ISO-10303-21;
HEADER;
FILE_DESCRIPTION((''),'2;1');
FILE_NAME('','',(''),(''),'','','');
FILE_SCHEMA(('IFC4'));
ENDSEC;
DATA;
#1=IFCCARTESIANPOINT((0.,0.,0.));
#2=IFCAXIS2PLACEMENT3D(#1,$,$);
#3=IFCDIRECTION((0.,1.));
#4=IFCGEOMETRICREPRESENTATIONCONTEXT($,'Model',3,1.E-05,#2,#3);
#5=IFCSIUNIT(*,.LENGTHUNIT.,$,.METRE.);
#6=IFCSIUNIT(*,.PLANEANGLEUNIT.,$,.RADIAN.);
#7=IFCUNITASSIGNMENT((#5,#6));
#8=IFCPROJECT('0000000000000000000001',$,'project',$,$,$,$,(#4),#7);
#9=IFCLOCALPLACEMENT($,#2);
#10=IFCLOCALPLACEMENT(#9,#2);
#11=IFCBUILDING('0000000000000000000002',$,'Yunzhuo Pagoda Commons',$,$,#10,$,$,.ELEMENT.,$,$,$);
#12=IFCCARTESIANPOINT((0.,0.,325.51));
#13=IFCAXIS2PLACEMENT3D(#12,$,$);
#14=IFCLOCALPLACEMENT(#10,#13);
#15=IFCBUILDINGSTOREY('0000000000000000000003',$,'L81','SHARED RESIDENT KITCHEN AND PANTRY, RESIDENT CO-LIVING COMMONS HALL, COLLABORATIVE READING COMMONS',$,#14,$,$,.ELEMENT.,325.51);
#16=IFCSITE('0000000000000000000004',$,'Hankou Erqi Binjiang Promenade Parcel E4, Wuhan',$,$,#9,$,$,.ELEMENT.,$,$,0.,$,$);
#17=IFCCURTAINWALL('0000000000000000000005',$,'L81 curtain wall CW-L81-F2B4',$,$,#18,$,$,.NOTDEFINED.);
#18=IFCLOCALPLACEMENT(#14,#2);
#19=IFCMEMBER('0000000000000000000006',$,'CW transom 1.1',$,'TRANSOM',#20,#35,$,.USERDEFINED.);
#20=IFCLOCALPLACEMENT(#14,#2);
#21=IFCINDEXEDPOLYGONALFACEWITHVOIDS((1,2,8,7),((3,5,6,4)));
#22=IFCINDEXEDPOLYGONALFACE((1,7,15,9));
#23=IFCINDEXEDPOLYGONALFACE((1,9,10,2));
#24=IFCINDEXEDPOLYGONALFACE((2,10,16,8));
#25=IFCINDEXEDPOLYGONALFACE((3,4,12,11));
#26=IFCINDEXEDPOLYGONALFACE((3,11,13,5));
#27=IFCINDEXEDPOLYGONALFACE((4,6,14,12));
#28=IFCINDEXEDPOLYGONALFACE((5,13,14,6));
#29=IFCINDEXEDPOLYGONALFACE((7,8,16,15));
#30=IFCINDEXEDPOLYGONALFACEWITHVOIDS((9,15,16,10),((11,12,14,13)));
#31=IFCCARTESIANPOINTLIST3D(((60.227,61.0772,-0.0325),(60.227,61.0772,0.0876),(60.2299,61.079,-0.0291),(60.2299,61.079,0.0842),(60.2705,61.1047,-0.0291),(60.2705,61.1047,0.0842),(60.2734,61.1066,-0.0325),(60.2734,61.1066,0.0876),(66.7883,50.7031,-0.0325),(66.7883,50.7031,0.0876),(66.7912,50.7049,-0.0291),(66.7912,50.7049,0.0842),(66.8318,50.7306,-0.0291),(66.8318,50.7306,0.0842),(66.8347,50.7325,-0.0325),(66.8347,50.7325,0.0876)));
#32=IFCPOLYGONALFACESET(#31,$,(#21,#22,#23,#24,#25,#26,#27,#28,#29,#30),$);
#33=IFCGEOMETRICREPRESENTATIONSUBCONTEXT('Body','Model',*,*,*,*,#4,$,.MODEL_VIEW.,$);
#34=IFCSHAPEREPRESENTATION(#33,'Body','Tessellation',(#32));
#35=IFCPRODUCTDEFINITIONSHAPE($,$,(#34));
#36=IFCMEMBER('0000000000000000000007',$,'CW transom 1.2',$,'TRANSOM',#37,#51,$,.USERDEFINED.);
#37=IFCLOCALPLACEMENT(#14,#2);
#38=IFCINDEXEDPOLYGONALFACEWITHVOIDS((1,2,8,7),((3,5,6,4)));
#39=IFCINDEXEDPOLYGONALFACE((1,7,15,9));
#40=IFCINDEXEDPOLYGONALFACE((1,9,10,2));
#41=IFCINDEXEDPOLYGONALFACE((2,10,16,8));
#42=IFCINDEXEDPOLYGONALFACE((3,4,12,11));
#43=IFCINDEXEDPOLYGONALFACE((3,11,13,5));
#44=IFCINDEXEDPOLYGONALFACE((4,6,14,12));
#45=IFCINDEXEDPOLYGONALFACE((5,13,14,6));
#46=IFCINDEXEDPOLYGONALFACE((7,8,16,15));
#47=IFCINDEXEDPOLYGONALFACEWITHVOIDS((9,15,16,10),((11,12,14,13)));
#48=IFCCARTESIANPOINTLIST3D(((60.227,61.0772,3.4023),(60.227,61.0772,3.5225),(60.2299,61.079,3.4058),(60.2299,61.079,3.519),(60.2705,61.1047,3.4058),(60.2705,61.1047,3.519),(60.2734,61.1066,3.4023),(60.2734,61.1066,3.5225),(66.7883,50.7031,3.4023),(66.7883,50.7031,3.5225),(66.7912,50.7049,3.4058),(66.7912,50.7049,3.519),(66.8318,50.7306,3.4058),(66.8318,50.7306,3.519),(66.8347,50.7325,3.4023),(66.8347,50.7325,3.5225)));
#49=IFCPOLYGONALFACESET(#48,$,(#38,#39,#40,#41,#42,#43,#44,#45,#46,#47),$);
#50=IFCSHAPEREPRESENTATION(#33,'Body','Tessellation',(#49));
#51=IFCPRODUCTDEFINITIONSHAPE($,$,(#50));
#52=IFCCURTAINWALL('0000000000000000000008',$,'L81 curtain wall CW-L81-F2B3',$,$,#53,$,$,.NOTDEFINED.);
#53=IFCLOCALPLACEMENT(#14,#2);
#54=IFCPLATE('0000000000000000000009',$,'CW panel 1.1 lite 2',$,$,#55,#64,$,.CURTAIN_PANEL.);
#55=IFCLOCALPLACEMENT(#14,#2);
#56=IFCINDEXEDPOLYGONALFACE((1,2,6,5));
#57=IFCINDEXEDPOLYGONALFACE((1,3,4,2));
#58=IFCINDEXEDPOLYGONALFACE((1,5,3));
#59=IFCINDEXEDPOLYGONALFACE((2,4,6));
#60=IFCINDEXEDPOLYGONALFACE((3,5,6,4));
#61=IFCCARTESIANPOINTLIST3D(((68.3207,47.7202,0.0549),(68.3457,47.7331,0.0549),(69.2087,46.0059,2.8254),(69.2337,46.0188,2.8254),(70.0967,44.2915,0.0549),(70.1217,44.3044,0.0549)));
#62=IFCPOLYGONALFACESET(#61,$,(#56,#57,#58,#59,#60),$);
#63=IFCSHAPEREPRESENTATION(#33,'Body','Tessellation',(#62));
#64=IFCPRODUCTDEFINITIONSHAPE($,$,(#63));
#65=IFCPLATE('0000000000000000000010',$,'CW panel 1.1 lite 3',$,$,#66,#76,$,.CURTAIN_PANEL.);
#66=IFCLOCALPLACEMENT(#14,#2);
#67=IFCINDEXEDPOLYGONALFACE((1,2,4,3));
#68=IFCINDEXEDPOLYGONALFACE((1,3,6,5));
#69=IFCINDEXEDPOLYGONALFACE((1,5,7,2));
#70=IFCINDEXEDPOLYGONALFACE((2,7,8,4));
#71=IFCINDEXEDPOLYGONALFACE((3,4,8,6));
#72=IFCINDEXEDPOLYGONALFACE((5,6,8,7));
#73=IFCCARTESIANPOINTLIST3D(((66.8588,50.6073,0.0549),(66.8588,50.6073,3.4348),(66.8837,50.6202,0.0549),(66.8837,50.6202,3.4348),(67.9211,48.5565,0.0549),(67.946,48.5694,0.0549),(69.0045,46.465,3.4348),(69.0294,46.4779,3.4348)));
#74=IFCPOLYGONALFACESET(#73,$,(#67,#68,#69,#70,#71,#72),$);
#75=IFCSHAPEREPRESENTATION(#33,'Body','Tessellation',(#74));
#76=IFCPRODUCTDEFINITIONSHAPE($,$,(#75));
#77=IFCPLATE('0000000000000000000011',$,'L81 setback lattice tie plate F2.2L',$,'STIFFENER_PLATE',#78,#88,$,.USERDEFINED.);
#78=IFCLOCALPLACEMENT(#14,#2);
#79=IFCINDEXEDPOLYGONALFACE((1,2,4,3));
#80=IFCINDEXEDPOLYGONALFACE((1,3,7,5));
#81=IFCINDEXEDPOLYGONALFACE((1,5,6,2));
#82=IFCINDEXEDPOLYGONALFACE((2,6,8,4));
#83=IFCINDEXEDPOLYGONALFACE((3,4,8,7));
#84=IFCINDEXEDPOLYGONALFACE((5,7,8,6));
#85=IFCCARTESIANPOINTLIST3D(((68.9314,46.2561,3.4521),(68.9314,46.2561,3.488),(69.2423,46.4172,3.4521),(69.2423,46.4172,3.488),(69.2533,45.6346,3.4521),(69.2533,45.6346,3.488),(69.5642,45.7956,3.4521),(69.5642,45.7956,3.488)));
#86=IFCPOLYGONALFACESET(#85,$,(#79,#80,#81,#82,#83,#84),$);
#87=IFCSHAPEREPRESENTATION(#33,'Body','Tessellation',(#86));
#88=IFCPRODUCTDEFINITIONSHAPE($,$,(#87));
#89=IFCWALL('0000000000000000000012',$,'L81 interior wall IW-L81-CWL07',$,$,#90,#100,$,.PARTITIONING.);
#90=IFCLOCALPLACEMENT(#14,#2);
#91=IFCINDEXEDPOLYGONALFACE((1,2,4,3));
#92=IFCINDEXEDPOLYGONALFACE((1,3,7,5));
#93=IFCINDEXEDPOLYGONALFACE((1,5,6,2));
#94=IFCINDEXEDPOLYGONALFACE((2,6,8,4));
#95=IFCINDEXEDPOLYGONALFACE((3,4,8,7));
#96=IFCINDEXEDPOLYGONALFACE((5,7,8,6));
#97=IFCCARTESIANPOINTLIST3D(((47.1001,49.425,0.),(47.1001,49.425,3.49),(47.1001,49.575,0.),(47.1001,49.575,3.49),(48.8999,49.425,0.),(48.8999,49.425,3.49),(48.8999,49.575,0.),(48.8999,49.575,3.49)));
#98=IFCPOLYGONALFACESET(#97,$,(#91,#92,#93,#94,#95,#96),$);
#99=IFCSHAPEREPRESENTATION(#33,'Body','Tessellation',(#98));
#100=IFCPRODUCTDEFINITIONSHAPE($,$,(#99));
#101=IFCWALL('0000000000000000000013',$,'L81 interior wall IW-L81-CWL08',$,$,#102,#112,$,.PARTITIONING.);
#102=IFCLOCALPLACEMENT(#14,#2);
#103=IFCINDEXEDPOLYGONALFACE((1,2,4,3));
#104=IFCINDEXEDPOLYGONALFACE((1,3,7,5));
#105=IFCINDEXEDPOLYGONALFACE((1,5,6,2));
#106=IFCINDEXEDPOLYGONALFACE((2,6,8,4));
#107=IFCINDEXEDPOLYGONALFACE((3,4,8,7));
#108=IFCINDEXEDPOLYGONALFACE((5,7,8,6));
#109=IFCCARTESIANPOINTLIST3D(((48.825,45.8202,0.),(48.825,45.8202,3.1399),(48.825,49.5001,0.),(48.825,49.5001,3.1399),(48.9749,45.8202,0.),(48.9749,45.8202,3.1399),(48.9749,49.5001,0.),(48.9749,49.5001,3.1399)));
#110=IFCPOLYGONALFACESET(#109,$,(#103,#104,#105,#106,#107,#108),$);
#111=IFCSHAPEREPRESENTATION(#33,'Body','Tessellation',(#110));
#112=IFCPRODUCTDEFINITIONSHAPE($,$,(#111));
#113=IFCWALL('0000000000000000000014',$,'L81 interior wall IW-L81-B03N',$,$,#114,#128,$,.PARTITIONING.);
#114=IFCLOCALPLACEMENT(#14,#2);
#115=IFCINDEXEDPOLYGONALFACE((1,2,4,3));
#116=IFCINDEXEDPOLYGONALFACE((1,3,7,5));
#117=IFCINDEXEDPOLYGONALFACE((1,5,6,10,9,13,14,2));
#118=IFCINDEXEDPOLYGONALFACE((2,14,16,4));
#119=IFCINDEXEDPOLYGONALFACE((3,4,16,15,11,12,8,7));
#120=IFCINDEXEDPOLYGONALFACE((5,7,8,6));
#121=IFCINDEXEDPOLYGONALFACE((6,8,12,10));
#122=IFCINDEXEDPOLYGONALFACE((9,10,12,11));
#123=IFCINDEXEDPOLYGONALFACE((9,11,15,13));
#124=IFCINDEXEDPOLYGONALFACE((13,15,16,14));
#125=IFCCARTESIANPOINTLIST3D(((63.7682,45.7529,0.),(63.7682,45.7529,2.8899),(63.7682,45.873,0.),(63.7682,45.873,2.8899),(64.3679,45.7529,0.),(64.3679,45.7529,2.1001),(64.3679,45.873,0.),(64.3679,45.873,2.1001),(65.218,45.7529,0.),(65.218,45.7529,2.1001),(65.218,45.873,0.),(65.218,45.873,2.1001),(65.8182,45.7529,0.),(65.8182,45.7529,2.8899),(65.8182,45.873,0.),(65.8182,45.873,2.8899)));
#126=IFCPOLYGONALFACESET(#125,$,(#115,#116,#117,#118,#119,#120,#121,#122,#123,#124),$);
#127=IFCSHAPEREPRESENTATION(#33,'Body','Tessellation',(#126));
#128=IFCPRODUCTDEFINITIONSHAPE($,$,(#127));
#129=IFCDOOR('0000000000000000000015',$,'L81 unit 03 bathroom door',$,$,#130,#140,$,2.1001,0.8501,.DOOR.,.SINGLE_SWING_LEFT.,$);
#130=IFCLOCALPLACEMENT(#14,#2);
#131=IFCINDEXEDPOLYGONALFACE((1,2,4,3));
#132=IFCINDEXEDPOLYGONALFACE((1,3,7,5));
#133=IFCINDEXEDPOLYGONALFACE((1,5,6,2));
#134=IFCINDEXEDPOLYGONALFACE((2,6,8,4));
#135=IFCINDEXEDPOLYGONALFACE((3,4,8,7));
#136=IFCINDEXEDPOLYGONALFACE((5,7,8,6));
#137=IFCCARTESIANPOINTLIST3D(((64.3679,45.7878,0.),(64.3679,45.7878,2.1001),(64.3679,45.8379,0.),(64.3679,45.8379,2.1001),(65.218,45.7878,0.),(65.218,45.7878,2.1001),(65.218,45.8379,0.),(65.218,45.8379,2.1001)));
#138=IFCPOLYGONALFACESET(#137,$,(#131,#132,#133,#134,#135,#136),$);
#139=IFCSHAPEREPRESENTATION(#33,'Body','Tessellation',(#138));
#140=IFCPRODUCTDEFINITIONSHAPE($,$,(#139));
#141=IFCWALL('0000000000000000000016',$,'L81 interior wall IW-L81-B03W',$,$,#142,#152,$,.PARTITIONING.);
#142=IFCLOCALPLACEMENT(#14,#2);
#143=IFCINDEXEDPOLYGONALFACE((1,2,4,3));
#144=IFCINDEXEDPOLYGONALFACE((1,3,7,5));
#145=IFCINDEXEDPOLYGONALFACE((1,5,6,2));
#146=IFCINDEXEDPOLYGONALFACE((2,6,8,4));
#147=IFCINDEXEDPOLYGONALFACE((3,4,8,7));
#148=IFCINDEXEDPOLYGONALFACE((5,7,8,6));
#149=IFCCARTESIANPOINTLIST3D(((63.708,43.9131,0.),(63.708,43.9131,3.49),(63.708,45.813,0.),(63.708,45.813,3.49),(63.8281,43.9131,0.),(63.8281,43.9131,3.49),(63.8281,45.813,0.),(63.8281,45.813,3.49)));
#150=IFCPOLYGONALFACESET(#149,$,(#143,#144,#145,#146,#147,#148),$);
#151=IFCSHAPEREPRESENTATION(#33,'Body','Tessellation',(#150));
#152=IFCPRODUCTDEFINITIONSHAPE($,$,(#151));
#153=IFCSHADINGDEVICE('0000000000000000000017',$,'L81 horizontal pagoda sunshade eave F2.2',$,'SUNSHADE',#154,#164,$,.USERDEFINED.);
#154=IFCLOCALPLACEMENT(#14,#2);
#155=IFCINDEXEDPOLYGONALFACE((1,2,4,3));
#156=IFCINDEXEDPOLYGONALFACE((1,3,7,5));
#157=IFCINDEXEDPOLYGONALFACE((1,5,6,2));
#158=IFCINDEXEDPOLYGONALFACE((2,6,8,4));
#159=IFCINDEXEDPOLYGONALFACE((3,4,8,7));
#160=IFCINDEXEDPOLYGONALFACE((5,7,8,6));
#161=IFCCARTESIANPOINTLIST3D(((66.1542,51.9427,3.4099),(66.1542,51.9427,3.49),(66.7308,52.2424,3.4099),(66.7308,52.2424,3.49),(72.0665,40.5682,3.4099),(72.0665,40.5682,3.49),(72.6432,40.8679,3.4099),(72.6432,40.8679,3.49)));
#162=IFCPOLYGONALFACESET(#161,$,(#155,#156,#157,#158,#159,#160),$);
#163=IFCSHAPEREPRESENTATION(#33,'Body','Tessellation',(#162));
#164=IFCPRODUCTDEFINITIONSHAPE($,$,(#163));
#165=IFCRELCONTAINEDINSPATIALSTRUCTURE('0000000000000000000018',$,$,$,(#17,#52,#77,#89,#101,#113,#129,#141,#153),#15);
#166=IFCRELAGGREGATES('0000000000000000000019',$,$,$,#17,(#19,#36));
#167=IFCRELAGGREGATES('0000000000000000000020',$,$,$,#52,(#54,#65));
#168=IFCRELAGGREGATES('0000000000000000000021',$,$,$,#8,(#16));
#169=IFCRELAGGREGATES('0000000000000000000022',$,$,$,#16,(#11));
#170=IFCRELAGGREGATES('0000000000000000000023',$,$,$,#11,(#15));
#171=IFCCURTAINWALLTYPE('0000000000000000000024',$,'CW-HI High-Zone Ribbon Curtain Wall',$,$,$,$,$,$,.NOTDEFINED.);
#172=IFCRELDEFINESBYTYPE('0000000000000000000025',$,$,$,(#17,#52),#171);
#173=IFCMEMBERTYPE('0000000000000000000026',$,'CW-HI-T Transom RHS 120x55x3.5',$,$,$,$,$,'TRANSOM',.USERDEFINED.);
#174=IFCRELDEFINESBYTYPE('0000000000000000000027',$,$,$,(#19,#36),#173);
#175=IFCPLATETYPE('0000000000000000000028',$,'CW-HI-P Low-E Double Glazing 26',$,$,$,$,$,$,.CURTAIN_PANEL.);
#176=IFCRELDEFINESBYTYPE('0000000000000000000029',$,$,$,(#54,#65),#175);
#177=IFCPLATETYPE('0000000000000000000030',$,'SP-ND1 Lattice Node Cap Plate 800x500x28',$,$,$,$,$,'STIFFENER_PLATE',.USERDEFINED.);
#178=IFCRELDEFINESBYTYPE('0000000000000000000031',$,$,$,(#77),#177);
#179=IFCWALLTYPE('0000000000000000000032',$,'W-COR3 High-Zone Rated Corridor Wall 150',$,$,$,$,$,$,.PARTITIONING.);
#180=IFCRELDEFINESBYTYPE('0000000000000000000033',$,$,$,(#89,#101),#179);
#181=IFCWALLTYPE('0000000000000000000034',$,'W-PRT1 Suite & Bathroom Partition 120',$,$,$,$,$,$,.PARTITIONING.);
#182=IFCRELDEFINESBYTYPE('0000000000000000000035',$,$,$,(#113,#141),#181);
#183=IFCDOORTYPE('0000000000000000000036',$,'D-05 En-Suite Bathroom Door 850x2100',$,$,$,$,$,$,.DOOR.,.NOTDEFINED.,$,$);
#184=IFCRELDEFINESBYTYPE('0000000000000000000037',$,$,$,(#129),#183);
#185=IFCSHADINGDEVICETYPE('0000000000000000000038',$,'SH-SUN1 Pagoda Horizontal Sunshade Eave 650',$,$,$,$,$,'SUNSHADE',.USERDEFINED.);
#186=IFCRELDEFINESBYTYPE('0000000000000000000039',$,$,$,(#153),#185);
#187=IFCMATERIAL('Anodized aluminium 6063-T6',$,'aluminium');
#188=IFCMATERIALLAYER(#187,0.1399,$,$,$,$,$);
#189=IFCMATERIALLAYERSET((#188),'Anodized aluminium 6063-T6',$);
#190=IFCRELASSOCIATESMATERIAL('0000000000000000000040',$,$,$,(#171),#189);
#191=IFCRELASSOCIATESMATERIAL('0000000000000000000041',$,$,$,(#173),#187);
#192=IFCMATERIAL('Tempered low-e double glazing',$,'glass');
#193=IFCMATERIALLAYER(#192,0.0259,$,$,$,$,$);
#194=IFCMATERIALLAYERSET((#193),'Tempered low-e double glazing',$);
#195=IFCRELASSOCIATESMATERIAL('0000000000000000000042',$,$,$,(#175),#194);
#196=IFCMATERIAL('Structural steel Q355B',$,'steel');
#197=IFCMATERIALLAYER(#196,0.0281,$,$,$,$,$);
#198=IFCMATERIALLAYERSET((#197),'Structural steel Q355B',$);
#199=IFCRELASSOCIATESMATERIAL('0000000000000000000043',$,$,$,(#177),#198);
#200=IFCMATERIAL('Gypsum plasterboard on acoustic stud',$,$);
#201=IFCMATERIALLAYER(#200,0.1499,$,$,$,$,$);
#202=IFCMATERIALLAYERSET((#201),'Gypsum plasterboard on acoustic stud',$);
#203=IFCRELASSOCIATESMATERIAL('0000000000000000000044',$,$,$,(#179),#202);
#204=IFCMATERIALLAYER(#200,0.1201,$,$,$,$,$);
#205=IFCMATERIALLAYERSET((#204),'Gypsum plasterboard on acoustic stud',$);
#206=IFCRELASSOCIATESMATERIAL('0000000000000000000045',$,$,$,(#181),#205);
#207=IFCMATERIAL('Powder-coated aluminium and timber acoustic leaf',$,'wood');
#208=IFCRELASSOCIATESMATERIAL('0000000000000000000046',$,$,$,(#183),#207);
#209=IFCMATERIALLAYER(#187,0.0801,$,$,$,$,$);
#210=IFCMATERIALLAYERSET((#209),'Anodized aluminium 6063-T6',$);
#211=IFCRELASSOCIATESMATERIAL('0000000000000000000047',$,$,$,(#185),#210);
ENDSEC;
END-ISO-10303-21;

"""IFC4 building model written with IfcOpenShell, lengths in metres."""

from ifc_helpers import new_model, si_unit, direction, frame, frame_2d, origin, origin_2d, place, context, subcontext, project, spatial, polyline, rectangle, hollow_rectangle, outline, extrude, source, transform, mapped, material, layer, layer_set, material_profile, profile_set, type_object, element, fill, aggregate, save


model = new_model("IFC4")

# Units and contexts
model_context = context("Model", 3, precision=1e-05, world=origin(), true_north=direction((0.0, 1.0)))
body_context = subcontext(model_context, "Body", "Model", "MODEL_VIEW")
ifc_project = project(units=[si_unit("LENGTHUNIT", "METRE"), si_unit("PLANEANGLEUNIT", "RADIAN")], contexts=[model_context])

# Site, building, storey
site_placement = place(None, origin())
site = spatial("IfcSite", under=ifc_project, at=site_placement, Name="Hankou Erqi Binjiang Promenade Parcel E4, Wuhan", CompositionType="ELEMENT", RefElevation=0.0)
building_placement = place(site_placement, origin())
building = spatial("IfcBuilding", under=site, at=building_placement, Name="Yunzhuo Pagoda Commons", CompositionType="ELEMENT")
storey_placement = place(building_placement, frame((0.0, 0.0, 325.51)))
storey = spatial("IfcBuildingStorey", under=building, at=storey_placement, Name="L81", Description="SHARED RESIDENT KITCHEN AND PANTRY, RESIDENT CO-LIVING COMMONS HALL, COLLABORATIVE READING COMMONS", CompositionType="ELEMENT", Elevation=325.51)

# Shared definitions
ifc_material_1 = material(Name="Structural steel Q355B", Category="steel")

# Curtain wall, members
ifc_material_2 = material(Name="Anodized aluminium 6063-T6", Category="aluminium")
ifc_layer_1 = layer(ifc_material_2, 0.1399)
ifc_layer_set_1 = layer_set([ifc_layer_1], Name="Anodized aluminium 6063-T6")
curtain_wall_type = type_object("IfcCurtainWallType", Name="CW-HI High-Zone Ribbon Curtain Wall", PredefinedType="NOTDEFINED", material=ifc_layer_set_1)
curtain_wall_1_placement = place(storey_placement, origin())
curtain_wall_1 = element("IfcCurtainWall", 1, at=curtain_wall_1_placement, inside=storey, type_object=curtain_wall_type, Name="L81 curtain wall CW-L81-F2B4", PredefinedType="NOTDEFINED")
ifc_material_profile_1 = material_profile(ifc_material_2, hollow_rectangle(XDim=0.0549, YDim=0.1201, WallThickness=0.0034, at=origin_2d()), Name="Anodized aluminium 6063-T6")
ifc_profile_set_1 = profile_set([ifc_material_profile_1], Name="Anodized aluminium 6063-T6")
member_type_1 = type_object("IfcMemberType", Name="CW-HI-T Transom RHS 120x55x3.5", ElementType="TRANSOM", PredefinedType="USERDEFINED", material=ifc_profile_set_1)
shared_shape_1 = source(origin(), body_context, "Body", "SweptSolid", [
    extrude(hollow_rectangle(XDim=0.0549, YDim=0.1201, WallThickness=0.0034, at=origin_2d()), origin(), (0.0, 0.0, 1.0), 12.2749),
])
member_1_placement = place(storey_placement, frame((66.8115, 50.7178, 0.0276), z_axis=(-0.534532, 0.845148, 0.0), x_axis=(-0.845148, -0.534532, 0.0)))
member_1 = element("IfcMember", 2, at=member_1_placement, type_object=member_type_1, Name="CW transom 1.1", ObjectType="TRANSOM", PredefinedType="USERDEFINED", context=body_context, shape_type="MappedRepresentation", body=[
    mapped(shared_shape_1, transform((0.0, 0.0, 0.0), scale=1.0)),
])
member_2_placement = place(storey_placement, frame((66.8115, 50.7178, 3.4624), z_axis=(-0.534532, 0.845148, 0.0), x_axis=(-0.845148, -0.534532, 0.0)))
member_2 = element("IfcMember", 3, at=member_2_placement, type_object=member_type_1, Name="CW transom 1.2", ObjectType="TRANSOM", PredefinedType="USERDEFINED", context=body_context, shape_type="MappedRepresentation", body=[
    mapped(shared_shape_1, transform((0.0, 0.0, 0.0), scale=1.0)),
])
aggregate(curtain_wall_1, [member_1, member_2])

# Curtain wall, plates
curtain_wall_2_placement = place(storey_placement, origin())
curtain_wall_2 = element("IfcCurtainWall", 4, at=curtain_wall_2_placement, inside=storey, type_object=curtain_wall_type, Name="L81 curtain wall CW-L81-F2B3", PredefinedType="NOTDEFINED")
ifc_material_3 = material(Name="Tempered low-e double glazing", Category="glass")
ifc_layer_2 = layer(ifc_material_3, 0.0259)
ifc_layer_set_2 = layer_set([ifc_layer_2], Name="Tempered low-e double glazing")
plate_type_1 = type_object("IfcPlateType", Name="CW-HI-P Low-E Double Glazing 26", PredefinedType="CURTAIN_PANEL", material=ifc_layer_set_2)
plate_1_placement = place(storey_placement, frame((69.2087, 46.0059, 1.4402), z_axis=(0.887948, 0.459945, 0.0), x_axis=(-0.459945, 0.887948, 0.0)))
plate_1 = element("IfcPlate", 5, at=plate_1_placement, type_object=plate_type_1, Name="CW panel 1.1 lite 2", PredefinedType="CURTAIN_PANEL", context=body_context, shape_type="SweptSolid", body=[
    extrude(outline(polyline([(-1.9307, -1.3853), (1.9307, -1.3853), (0.0, 1.3853), (-1.9307, -1.3853)])), origin(), (0.0, 0.0, 1.0), 0.0281),
])
plate_2_placement = place(storey_placement, frame((67.9316, 48.5361, 1.7449), z_axis=(0.887948, 0.459945, 0.0), x_axis=(-0.459945, 0.887948, 0.0)))
plate_2 = element("IfcPlate", 6, at=plate_2_placement, type_object=plate_type_1, Name="CW panel 1.1 lite 3", PredefinedType="CURTAIN_PANEL", context=body_context, shape_type="SweptSolid", body=[
    extrude(outline(polyline([(-2.3325, 1.6899), (0.0229, -1.6899), (2.3325, -1.6899), (2.3325, 1.6899), (-2.3325, 1.6899)])), origin(), (0.0, 0.0, 1.0), 0.0281),
])
aggregate(curtain_wall_2, [plate_1, plate_2])

# Plate
ifc_layer_3 = layer(ifc_material_1, 0.0281)
ifc_layer_set_3 = layer_set([ifc_layer_3], Name="Structural steel Q355B")
plate_type_2 = type_object("IfcPlateType", Name="SP-ND1 Lattice Node Cap Plate 800x500x28", ElementType="STIFFENER_PLATE", PredefinedType="USERDEFINED", material=ifc_layer_set_3)
shared_shape_2 = source(origin(), body_context, "Body", "SweptSolid", [
    extrude(rectangle(XDim=0.7, YDim=0.3501, at=origin_2d()), origin(), (0.0, 0.0, 1.0), 0.0359),
])
plate_3_placement = place(storey_placement, frame((69.2478, 46.0259, 3.4521), z_axis=(0.0, 0.0, 1.0), x_axis=(-0.459952, 0.887944, 0.0)))
element("IfcPlate", 7, at=plate_3_placement, inside=storey, type_object=plate_type_2, Name="L81 setback lattice tie plate F2.2L", ObjectType="STIFFENER_PLATE", PredefinedType="USERDEFINED", context=body_context, shape_type="MappedRepresentation", body=[
    mapped(shared_shape_2, transform((0.0, 0.0, 0.0), scale=1.0)),
])

# Shared definitions
ifc_material_4 = material(Name="Gypsum plasterboard on acoustic stud")
ifc_layer_4 = layer(ifc_material_4, 0.1499)
ifc_layer_set_4 = layer_set([ifc_layer_4], Name="Gypsum plasterboard on acoustic stud")
wall_type_1 = type_object("IfcWallType", Name="W-COR3 High-Zone Rated Corridor Wall 150", PredefinedType="PARTITIONING", material=ifc_layer_set_4)

# Walls
wall_1_placement = place(storey_placement, frame((47.1001, 49.5, 0.0), z_axis=(0.0, 0.0, 1.0), x_axis=(1.0, 0.0, 0.0)))
element("IfcWall", 8, at=wall_1_placement, inside=storey, type_object=wall_type_1, Name="L81 interior wall IW-L81-CWL07", PredefinedType="PARTITIONING", context=body_context, shape_type="SweptSolid", body=[
    extrude(rectangle(XDim=1.7998, YDim=0.1499, at=frame_2d((0.8999, 0.0))), origin(), (0.0, 0.0, 1.0), 3.49),
])
wall_2_placement = place(storey_placement, frame((48.8999, 49.5, 0.0), z_axis=(0.0, 0.0, 1.0), x_axis=(0.0, -1.0, 0.0)))
element("IfcWall", 9, at=wall_2_placement, inside=storey, type_object=wall_type_1, Name="L81 interior wall IW-L81-CWL08", PredefinedType="PARTITIONING", context=body_context, shape_type="SweptSolid", body=[
    extrude(rectangle(XDim=3.6799, YDim=0.1499, at=frame_2d((1.8398, 0.0))), origin(), (0.0, 0.0, 1.0), 3.1399),
])

# Wall, opening, door
ifc_layer_5 = layer(ifc_material_4, 0.1201)
ifc_layer_set_5 = layer_set([ifc_layer_5], Name="Gypsum plasterboard on acoustic stud")
wall_type_2 = type_object("IfcWallType", Name="W-PRT1 Suite & Bathroom Partition 120", PredefinedType="PARTITIONING", material=ifc_layer_set_5)
wall_3_placement = place(storey_placement, frame((65.8181, 45.813, 0.0), z_axis=(0.0, 0.0, 1.0), x_axis=(-1.0, 0.0, 0.0)))
wall_3 = element("IfcWall", 10, at=wall_3_placement, inside=storey, type_object=wall_type_2, Name="L81 interior wall IW-L81-B03N", PredefinedType="PARTITIONING", context=body_context, shape_type="SweptSolid", body=[
    extrude(rectangle(XDim=2.05, YDim=0.1201, at=frame_2d((1.0249, 0.0))), origin(), (0.0, 0.0, 1.0), 2.8899),
])
opening_1_placement = place(wall_3_placement, frame((0.6001, 0.0, 0.0)))
opening_1 = element("IfcOpeningElement", 11, at=opening_1_placement, cuts=wall_3, PredefinedType="OPENING", context=body_context, shape_type="SweptSolid", body=[
    extrude(rectangle(XDim=0.8501, YDim=2.1001, at=frame_2d((0.425, 1.05))), frame((0.0, 0.0701, 0.0), z_axis=(0.0, -1.0, 0.0), x_axis=(1.0, 0.0, 0.0)), (0.0, 0.0, 1.0), 0.1401),
])
ifc_material_5 = material(Name="Powder-coated aluminium and timber acoustic leaf", Category="wood")
door_type_1 = type_object("IfcDoorType", Name="D-05 En-Suite Bathroom Door 850x2100", OperationType="NOTDEFINED", PredefinedType="DOOR", material=ifc_material_5)
shared_shape_3 = source(origin(), body_context, "Body", "SweptSolid", [
    extrude(rectangle(XDim=0.8501, YDim=2.1001, at=frame_2d((0.425, 1.05))), frame((0.0, 0.0249, 0.0), z_axis=(0.0, -1.0, 0.0), x_axis=(1.0, 0.0, 0.0)), (0.0, 0.0, 1.0), 0.05),
])
door_1_placement = place(opening_1_placement, frame((0.8501, 0.0, 0.0), z_axis=(0.0, 0.0, 1.0), x_axis=(-1.0, 0.0, 0.0)))
door_1 = element("IfcDoor", 12, at=door_1_placement, inside=storey, type_object=door_type_1, Name="L81 unit 03 bathroom door", OperationType="SINGLE_SWING_LEFT", OverallHeight=2.1001, OverallWidth=0.8501, PredefinedType="DOOR", context=body_context, shape_type="MappedRepresentation", body=[
    mapped(shared_shape_3, transform((0.0, 0.0, 0.0), scale=1.0)),
])
fill(opening_1, door_1)

# Wall
wall_4_placement = place(storey_placement, frame((63.7681, 45.813, 0.0), z_axis=(0.0, 0.0, 1.0), x_axis=(0.0, -1.0, 0.0)))
element("IfcWall", 13, at=wall_4_placement, inside=storey, type_object=wall_type_2, Name="L81 interior wall IW-L81-B03W", PredefinedType="PARTITIONING", context=body_context, shape_type="SweptSolid", body=[
    extrude(rectangle(XDim=1.8999, YDim=0.1201, at=frame_2d((0.95, 0.0))), origin(), (0.0, 0.0, 1.0), 3.49),
])

# Shading device
ifc_layer_6 = layer(ifc_material_2, 0.0801)
ifc_layer_set_6 = layer_set([ifc_layer_6], Name="Anodized aluminium 6063-T6")
shading_device_type = type_object("IfcShadingDeviceType", Name="SH-SUN1 Pagoda Horizontal Sunshade Eave 650", ElementType="SUNSHADE", PredefinedType="USERDEFINED", material=ifc_layer_set_6)
shared_shape_4 = source(origin(), body_context, "Body", "SweptSolid", [
    extrude(rectangle(XDim=12.8193, YDim=0.6499, at=origin_2d()), origin(), (0.0, 0.0, 1.0), 0.0801),
])
shading_device_placement = place(storey_placement, frame((69.3987, 46.4053, 3.4099), z_axis=(0.0, 0.0, 1.0), x_axis=(-0.461207, 0.887293, 0.0)))
element("IfcShadingDevice", 14, at=shading_device_placement, inside=storey, type_object=shading_device_type, Name="L81 horizontal pagoda sunshade eave F2.2", ObjectType="SUNSHADE", PredefinedType="USERDEFINED", context=body_context, shape_type="MappedRepresentation", body=[
    mapped(shared_shape_4, transform((0.0, 0.0, 0.0), scale=1.0)),
])

save(model, "model.ifc")
